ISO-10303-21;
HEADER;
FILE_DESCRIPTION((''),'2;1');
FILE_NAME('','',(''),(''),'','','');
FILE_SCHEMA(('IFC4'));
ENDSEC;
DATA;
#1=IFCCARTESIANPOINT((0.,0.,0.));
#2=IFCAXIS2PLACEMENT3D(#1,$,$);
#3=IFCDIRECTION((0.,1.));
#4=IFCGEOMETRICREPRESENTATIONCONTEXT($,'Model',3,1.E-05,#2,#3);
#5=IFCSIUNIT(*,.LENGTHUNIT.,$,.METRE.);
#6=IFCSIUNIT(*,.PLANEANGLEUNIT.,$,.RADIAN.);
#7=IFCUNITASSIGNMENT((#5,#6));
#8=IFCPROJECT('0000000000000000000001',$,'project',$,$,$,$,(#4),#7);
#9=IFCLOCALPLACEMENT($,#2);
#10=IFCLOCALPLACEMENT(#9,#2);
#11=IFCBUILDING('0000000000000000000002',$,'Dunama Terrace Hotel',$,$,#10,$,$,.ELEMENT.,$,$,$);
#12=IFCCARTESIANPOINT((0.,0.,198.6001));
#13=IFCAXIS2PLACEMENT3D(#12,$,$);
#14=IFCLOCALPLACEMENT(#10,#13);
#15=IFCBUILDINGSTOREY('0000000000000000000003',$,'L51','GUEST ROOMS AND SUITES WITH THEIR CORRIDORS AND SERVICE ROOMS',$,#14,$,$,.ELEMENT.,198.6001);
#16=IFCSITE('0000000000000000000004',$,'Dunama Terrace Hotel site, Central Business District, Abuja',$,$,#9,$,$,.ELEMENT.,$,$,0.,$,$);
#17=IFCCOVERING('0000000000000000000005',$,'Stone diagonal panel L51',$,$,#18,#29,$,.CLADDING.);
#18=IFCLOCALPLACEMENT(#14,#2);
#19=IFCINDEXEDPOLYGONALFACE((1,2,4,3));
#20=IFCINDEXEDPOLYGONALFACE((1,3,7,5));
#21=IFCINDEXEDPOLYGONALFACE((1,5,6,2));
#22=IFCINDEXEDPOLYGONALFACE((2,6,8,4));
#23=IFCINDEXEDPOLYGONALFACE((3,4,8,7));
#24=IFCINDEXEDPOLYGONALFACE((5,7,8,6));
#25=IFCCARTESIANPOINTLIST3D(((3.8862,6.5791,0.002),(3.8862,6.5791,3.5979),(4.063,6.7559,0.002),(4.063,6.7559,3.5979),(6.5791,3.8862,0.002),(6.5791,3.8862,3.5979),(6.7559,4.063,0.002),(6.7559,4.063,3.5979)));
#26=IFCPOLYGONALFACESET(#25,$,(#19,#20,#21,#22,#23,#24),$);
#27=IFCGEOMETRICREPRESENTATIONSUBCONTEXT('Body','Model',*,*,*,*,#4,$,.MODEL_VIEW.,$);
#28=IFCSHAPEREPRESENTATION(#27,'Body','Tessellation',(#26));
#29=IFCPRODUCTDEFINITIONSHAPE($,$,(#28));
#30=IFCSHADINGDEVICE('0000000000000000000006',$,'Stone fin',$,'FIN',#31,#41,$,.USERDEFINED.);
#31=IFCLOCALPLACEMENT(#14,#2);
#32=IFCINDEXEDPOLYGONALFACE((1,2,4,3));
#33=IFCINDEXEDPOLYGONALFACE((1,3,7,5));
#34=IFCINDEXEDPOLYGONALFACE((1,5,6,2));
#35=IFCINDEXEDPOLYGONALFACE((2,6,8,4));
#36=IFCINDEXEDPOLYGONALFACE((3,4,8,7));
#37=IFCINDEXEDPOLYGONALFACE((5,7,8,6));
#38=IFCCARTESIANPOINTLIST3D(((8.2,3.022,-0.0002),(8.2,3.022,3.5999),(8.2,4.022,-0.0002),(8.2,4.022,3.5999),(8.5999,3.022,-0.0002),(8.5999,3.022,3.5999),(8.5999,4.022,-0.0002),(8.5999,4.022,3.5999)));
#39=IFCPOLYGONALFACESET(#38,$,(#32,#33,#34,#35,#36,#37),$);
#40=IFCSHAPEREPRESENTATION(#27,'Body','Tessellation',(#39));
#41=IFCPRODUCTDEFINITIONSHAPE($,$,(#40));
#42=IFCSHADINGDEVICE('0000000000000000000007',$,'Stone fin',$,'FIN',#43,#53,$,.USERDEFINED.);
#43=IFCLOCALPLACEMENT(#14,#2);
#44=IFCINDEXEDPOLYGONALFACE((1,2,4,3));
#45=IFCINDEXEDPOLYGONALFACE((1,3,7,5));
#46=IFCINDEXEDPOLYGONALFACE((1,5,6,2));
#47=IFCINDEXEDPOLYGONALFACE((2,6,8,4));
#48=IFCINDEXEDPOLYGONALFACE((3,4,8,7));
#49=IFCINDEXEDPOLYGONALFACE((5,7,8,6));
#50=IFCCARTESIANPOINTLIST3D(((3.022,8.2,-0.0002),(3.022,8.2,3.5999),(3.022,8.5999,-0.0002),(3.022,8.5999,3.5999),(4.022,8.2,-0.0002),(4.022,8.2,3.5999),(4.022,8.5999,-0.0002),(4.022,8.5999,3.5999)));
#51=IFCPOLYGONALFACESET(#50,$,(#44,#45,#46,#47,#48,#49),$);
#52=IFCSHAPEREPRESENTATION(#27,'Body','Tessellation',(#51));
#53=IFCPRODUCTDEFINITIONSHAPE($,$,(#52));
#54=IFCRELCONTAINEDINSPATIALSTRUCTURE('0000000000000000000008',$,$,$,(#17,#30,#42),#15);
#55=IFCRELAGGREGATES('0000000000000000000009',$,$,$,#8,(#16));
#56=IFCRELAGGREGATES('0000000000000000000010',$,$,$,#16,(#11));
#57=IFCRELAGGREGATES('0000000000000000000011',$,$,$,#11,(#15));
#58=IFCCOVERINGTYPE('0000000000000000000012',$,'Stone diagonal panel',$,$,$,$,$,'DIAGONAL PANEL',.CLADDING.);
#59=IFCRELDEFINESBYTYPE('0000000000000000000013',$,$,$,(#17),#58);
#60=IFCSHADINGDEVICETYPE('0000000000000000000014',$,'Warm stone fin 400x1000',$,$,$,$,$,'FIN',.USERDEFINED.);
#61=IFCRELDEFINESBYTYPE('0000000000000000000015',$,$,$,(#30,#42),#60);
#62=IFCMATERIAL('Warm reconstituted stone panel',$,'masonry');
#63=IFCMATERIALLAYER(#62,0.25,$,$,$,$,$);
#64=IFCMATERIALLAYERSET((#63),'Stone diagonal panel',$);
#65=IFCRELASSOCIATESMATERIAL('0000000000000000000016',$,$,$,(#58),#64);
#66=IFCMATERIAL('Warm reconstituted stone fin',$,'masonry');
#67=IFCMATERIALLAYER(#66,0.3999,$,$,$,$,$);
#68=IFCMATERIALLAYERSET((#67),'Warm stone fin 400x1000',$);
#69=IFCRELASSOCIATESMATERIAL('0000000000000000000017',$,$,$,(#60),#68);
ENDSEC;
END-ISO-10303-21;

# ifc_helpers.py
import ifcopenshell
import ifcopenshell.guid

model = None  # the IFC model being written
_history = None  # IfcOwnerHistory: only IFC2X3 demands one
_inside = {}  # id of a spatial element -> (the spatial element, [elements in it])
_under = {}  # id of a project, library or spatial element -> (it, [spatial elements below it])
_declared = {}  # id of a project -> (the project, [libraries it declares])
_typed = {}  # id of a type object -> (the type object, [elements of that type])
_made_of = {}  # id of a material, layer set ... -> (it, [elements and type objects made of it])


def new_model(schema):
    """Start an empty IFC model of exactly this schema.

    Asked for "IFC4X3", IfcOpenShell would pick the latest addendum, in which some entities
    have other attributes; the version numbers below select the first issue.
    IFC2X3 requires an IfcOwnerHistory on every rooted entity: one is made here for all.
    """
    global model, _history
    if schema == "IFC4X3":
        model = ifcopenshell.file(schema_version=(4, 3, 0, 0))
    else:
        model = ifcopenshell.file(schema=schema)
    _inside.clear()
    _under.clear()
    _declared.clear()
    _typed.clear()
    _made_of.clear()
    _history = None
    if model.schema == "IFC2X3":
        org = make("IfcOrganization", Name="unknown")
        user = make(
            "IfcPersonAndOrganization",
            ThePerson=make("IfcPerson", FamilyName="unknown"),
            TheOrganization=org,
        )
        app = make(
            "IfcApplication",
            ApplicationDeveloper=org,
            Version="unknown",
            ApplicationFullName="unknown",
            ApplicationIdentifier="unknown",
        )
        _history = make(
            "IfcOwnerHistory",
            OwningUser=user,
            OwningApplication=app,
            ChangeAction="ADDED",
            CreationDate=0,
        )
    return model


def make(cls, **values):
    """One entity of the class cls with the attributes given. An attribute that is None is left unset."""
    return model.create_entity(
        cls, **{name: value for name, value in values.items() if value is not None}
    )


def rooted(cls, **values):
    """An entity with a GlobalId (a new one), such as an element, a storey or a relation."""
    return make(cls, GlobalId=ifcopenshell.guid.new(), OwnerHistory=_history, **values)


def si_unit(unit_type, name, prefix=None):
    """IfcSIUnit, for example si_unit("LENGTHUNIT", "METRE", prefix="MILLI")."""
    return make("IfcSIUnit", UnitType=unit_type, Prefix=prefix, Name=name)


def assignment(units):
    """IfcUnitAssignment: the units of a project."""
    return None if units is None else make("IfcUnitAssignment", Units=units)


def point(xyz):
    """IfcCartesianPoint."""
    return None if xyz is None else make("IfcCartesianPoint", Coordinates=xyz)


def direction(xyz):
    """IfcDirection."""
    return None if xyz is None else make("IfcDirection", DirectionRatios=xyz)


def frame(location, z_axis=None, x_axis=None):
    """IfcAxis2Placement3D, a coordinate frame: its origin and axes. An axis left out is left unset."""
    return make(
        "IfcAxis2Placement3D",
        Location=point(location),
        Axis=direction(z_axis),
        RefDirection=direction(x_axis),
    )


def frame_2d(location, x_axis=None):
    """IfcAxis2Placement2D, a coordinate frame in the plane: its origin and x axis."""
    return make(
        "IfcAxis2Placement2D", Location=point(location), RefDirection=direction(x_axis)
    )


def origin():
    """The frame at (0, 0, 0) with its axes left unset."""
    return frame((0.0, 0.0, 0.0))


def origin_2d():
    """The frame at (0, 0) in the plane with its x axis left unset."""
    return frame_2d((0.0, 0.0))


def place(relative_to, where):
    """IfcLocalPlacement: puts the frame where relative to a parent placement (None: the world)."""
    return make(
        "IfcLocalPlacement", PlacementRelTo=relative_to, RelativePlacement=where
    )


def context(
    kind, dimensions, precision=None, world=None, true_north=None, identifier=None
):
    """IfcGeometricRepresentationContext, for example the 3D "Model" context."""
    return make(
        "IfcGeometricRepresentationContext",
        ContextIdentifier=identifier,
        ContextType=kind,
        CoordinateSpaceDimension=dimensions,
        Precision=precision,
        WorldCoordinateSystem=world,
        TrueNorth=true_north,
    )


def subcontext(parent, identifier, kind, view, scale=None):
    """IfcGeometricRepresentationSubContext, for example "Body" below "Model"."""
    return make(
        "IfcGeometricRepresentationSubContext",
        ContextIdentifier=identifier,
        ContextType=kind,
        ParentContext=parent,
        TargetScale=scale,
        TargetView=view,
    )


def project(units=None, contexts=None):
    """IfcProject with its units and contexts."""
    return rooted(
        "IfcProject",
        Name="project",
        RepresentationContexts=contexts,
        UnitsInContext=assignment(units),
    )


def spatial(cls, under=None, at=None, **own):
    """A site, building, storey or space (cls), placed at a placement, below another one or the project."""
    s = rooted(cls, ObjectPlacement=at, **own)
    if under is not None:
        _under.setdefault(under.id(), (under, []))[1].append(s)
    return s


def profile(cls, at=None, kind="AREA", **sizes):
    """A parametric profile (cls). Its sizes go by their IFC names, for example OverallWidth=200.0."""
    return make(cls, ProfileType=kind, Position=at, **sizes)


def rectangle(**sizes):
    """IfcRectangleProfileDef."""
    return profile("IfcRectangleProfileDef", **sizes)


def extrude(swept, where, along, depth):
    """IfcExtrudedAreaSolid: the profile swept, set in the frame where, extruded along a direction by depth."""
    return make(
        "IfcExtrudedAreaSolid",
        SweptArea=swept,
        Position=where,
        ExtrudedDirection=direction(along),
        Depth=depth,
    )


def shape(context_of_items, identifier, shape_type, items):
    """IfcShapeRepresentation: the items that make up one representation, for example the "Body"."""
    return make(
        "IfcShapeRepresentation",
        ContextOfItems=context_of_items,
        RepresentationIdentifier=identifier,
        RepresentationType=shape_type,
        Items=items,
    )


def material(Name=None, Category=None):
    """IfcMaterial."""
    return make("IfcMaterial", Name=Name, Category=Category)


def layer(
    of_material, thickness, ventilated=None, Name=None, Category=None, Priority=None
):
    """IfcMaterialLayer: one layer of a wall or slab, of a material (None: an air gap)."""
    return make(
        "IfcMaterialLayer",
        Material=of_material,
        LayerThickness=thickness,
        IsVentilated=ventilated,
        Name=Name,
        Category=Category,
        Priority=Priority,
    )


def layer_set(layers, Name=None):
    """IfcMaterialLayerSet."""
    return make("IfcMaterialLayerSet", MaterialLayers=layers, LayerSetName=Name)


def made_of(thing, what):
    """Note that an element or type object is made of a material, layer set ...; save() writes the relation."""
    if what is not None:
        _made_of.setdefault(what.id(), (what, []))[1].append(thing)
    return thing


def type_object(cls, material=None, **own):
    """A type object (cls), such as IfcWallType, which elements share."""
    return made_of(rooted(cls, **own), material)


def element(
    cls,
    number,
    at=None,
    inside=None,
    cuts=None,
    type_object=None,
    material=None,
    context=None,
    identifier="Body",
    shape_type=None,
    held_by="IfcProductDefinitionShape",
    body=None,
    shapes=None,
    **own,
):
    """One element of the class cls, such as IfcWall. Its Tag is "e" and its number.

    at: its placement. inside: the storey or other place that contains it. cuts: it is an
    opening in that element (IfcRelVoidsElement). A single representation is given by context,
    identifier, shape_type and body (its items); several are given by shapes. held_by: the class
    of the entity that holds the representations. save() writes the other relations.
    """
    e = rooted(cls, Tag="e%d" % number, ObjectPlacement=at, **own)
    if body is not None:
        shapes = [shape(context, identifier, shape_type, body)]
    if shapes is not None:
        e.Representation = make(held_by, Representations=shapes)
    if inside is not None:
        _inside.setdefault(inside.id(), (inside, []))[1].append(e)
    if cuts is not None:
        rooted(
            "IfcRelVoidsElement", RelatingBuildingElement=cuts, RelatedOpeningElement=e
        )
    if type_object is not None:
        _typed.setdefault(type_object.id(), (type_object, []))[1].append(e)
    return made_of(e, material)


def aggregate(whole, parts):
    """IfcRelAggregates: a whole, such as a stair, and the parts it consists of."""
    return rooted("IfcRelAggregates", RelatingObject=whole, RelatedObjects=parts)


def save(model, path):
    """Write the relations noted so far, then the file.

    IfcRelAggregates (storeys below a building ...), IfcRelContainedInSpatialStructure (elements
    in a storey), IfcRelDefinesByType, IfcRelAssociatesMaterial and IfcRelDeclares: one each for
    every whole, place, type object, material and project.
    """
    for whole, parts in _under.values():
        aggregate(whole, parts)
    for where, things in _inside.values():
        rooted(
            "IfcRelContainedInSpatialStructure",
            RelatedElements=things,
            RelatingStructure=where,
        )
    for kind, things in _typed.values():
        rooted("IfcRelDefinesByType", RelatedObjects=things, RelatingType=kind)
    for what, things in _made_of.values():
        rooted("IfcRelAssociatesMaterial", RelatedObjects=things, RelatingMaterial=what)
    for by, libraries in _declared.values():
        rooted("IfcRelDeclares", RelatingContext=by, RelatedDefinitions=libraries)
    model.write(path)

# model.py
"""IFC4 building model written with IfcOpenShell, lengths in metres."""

from ifc_helpers import new_model, si_unit, direction, frame, origin, origin_2d, place, context, subcontext, project, spatial, rectangle, extrude, material, layer, layer_set, type_object, element, save


model = new_model("IFC4")

# Units and contexts
model_context = context("Model", 3, precision=1e-05, world=origin(), true_north=direction((0.0, 1.0)))
body_context = subcontext(model_context, "Body", "Model", "MODEL_VIEW")
ifc_project = project(units=[si_unit("LENGTHUNIT", "METRE"), si_unit("PLANEANGLEUNIT", "RADIAN")], contexts=[model_context])

# Site, building, storey
site_placement = place(None, origin())
site = spatial("IfcSite", under=ifc_project, at=site_placement, Name="Dunama Terrace Hotel site, Central Business District, Abuja", CompositionType="ELEMENT", RefElevation=0.0)
building_placement = place(site_placement, origin())
building = spatial("IfcBuilding", under=site, at=building_placement, Name="Dunama Terrace Hotel", CompositionType="ELEMENT")
storey_placement = place(building_placement, frame((0.0, 0.0, 198.6001)))
storey = spatial("IfcBuildingStorey", under=building, at=storey_placement, Name="L51", Description="GUEST ROOMS AND SUITES WITH THEIR CORRIDORS AND SERVICE ROOMS", CompositionType="ELEMENT", Elevation=198.6001)

# Covering
ifc_material_1 = material(Name="Warm reconstituted stone panel", Category="masonry")
ifc_layer_1 = layer(ifc_material_1, 0.25)
ifc_layer_set_1 = layer_set([ifc_layer_1], Name="Stone diagonal panel")
covering_type = type_object("IfcCoveringType", Name="Stone diagonal panel", ElementType="DIAGONAL PANEL", PredefinedType="CLADDING", material=ifc_layer_set_1)
covering_placement = place(storey_placement, frame((5.321, 5.321, 0.002), z_axis=(0.0, 0.0, 1.0), x_axis=(0.707107, -0.707107, 0.0)))
element("IfcCovering", 1, at=covering_placement, inside=storey, type_object=covering_type, Name="Stone diagonal panel L51", PredefinedType="CLADDING", context=body_context, shape_type="SweptSolid", body=[
    extrude(rectangle(XDim=3.8083, YDim=0.25, at=origin_2d()), origin(), (0.0, 0.0, 1.0), 3.5959),
])

# Shading devices
ifc_material_2 = material(Name="Warm reconstituted stone fin", Category="masonry")
ifc_layer_2 = layer(ifc_material_2, 0.3999)
ifc_layer_set_2 = layer_set([ifc_layer_2], Name="Warm stone fin 400x1000")
shading_device_type = type_object("IfcShadingDeviceType", Name="Warm stone fin 400x1000", ElementType="FIN", PredefinedType="USERDEFINED", material=ifc_layer_set_2)
for number, where, z_axis, x_axis, name in (
    (2, (8.3999, 3.522, -0.0002), (0.0, 0.0, 1.0), (1.0, 0.0, 0.0), "Stone fin"),
    (3, (3.522, 8.3999, -0.0002), (0.0, 0.0, 1.0), (0.0, -1.0, 0.0), "Stone fin"),
):
    element("IfcShadingDevice", number, at=place(storey_placement, frame(where, z_axis=z_axis, x_axis=x_axis)), inside=storey, type_object=shading_device_type, Name=name, ObjectType="FIN", PredefinedType="USERDEFINED", context=body_context, shape_type="SweptSolid", body=[
        extrude(rectangle(XDim=0.3999, YDim=1.0, at=origin_2d()), origin(), (0.0, 0.0, 1.0), 3.6001),
    ])

save(model, "model.ifc")
